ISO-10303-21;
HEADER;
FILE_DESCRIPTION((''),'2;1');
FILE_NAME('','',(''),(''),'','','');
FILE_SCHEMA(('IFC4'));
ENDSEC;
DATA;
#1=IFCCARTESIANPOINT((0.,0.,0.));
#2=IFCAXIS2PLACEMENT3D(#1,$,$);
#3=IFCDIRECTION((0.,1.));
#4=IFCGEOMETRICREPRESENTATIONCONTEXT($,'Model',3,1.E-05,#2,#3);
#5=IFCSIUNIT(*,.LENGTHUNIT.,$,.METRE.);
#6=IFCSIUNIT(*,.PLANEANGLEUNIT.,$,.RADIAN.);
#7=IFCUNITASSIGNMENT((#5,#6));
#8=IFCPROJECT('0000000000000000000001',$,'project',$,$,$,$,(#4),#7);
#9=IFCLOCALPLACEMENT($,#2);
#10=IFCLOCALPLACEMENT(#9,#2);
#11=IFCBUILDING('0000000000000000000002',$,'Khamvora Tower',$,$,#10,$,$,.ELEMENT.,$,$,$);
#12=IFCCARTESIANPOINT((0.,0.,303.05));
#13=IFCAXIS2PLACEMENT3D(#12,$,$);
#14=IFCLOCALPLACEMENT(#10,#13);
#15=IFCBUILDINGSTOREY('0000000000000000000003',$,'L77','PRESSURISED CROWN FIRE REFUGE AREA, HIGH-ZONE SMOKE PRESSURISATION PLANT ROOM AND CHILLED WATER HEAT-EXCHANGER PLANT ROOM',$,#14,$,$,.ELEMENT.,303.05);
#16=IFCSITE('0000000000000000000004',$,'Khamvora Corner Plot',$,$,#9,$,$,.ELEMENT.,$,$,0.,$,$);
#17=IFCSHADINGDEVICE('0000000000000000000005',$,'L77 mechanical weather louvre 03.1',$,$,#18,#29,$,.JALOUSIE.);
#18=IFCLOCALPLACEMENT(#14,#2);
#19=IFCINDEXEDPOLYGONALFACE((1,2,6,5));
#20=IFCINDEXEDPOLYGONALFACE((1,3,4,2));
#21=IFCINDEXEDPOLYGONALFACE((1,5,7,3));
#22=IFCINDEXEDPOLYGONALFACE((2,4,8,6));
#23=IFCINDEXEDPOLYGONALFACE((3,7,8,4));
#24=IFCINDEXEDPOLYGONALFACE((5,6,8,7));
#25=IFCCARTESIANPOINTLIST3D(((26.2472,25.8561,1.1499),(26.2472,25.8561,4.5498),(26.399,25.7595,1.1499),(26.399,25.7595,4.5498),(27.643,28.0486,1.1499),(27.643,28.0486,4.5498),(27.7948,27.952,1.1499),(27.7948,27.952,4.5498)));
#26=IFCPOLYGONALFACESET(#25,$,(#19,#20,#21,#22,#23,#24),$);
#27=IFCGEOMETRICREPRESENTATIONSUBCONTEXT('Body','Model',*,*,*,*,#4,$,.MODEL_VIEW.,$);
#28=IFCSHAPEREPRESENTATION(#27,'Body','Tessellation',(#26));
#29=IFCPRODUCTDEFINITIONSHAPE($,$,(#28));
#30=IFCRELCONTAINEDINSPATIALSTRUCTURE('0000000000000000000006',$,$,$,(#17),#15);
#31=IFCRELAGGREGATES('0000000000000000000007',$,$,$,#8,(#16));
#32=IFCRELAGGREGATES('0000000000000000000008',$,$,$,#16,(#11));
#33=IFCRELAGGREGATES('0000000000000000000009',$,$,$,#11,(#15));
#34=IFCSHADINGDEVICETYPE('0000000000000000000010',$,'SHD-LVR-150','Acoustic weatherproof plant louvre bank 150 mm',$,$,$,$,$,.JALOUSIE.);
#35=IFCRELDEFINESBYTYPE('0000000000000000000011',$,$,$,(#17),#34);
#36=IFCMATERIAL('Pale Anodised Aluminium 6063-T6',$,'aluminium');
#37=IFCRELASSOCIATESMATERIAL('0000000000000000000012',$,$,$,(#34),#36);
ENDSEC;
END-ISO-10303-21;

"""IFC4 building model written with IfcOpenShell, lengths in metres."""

from ifc_helpers import new_model, si_unit, direction, frame, origin, origin_2d, place, context, subcontext, project, spatial, rectangle, extrude, material, type_object, element, save


model = new_model("IFC4")

# Units and contexts
model_context = context("Model", 3, precision=1e-05, world=origin(), true_north=direction((0.0, 1.0)))
body_context = subcontext(model_context, "Body", "Model", "MODEL_VIEW")
ifc_project = project(units=[si_unit("LENGTHUNIT", "METRE"), si_unit("PLANEANGLEUNIT", "RADIAN")], contexts=[model_context])

# Site, building, storey
site_placement = place(None, origin())
site = spatial("IfcSite", under=ifc_project, at=site_placement, Name="Khamvora Corner Plot", CompositionType="ELEMENT", RefElevation=0.0)
building_placement = place(site_placement, origin())
building = spatial("IfcBuilding", under=site, at=building_placement, Name="Khamvora Tower", CompositionType="ELEMENT")
storey_placement = place(building_placement, frame((0.0, 0.0, 303.05)))
storey = spatial("IfcBuildingStorey", under=building, at=storey_placement, Name="L77", Description="PRESSURISED CROWN FIRE REFUGE AREA, HIGH-ZONE SMOKE PRESSURISATION PLANT ROOM AND CHILLED WATER HEAT-EXCHANGER PLANT ROOM", CompositionType="ELEMENT", Elevation=303.05)

# Shading device
ifc_material_1 = material(Name="Pale Anodised Aluminium 6063-T6", Category="aluminium")
shading_device_type = type_object("IfcShadingDeviceType", Name="SHD-LVR-150", Description="Acoustic weatherproof plant louvre bank 150 mm", PredefinedType="JALOUSIE", material=ifc_material_1)
shading_device_1_placement = place(storey_placement, frame((27.021, 26.9041, 1.1499), z_axis=(0.0, 0.0, 1.0), x_axis=(0.537022, 0.843568, 0.0)))
element("IfcShadingDevice", 1, at=shading_device_1_placement, inside=storey, type_object=shading_device_type, Name="L77 mechanical weather louvre 03.1", PredefinedType="JALOUSIE", context=body_context, shape_type="SweptSolid", body=[
    extrude(rectangle(XDim=2.5991, YDim=0.1799, at=origin_2d()), origin(), (0.0, 0.0, 1.0), 3.3999),
])

save(model, "model.ifc")
